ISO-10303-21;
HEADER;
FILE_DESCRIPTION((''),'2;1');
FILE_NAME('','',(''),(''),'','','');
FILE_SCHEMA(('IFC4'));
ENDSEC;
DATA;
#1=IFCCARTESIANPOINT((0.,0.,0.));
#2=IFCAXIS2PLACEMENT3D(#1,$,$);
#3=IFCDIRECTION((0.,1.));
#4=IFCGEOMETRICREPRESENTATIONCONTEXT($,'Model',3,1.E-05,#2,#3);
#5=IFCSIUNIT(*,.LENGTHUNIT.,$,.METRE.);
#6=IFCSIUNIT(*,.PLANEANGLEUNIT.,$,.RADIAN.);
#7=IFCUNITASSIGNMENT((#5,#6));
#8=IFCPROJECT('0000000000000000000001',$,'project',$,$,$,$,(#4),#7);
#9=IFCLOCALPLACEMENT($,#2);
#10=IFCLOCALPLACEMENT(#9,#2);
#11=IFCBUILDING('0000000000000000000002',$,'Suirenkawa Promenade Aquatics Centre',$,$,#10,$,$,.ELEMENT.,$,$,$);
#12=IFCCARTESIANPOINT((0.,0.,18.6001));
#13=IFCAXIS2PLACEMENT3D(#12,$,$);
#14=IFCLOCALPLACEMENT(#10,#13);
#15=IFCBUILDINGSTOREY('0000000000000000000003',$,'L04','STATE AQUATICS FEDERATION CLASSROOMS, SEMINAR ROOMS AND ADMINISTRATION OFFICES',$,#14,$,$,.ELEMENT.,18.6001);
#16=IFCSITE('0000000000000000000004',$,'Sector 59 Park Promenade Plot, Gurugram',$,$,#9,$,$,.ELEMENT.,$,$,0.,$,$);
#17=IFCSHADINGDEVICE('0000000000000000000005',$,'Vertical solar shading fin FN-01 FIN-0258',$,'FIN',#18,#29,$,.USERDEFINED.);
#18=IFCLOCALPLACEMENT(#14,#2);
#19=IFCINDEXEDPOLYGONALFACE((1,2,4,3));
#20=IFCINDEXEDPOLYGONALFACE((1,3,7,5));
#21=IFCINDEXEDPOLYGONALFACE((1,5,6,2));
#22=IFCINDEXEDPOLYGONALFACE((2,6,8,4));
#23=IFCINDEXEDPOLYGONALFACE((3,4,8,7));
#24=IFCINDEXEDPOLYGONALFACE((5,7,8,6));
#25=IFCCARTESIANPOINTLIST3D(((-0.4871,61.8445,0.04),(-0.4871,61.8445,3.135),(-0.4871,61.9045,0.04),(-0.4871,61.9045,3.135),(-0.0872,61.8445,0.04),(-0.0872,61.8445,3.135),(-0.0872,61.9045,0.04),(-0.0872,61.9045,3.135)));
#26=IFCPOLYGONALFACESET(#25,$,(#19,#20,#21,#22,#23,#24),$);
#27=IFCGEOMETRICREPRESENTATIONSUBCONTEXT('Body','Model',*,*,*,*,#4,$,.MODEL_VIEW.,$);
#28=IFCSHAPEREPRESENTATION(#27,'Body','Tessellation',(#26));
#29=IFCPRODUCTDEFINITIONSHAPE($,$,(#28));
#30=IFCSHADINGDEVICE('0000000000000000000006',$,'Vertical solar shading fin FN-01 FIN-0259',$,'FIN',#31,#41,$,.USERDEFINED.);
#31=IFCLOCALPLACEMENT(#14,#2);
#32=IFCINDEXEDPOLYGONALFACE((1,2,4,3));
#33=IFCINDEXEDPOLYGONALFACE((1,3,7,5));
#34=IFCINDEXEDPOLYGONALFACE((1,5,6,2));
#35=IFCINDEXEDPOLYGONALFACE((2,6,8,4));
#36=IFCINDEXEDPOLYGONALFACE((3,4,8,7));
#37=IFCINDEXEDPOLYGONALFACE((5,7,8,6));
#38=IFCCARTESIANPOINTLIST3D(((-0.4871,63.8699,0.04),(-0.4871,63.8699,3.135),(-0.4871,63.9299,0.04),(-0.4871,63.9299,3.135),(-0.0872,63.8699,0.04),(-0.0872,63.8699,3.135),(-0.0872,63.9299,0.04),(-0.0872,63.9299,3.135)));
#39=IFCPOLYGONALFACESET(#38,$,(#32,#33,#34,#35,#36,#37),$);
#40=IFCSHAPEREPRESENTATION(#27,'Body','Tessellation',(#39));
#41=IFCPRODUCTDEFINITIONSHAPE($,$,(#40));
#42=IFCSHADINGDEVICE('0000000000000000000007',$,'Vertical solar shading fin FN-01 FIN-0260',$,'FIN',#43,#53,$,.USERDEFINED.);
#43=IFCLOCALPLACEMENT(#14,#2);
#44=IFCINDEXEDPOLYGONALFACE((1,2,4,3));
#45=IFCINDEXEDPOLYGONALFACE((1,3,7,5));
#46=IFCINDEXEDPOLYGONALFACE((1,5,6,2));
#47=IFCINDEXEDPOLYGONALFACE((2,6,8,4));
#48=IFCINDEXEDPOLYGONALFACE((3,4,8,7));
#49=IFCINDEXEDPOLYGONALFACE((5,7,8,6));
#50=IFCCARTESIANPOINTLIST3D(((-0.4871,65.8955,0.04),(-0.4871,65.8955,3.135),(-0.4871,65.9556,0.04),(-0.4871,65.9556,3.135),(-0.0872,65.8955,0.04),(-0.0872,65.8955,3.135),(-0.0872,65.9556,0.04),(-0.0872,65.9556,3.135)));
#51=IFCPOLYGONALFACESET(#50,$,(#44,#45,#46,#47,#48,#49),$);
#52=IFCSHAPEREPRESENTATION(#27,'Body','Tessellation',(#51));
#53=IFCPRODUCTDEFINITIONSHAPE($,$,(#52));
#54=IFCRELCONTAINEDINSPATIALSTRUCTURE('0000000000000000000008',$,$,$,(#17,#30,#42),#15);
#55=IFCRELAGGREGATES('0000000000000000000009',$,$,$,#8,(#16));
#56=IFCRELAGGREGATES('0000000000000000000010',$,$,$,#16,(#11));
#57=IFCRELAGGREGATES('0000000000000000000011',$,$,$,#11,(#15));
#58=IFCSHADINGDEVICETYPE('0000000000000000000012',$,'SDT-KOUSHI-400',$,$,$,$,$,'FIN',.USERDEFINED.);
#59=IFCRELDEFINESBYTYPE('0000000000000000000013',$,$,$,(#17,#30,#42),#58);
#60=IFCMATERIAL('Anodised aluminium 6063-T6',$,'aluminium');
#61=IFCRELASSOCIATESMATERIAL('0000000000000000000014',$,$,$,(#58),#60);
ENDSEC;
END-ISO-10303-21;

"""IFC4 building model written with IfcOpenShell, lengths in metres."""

from ifc_helpers import new_model, si_unit, direction, frame, origin, origin_2d, place, context, subcontext, project, spatial, rectangle, extrude, material, type_object, element, save


model = new_model("IFC4")

# Units and contexts
model_context = context("Model", 3, precision=1e-05, world=origin(), true_north=direction((0.0, 1.0)))
body_context = subcontext(model_context, "Body", "Model", "MODEL_VIEW")
ifc_project = project(units=[si_unit("LENGTHUNIT", "METRE"), si_unit("PLANEANGLEUNIT", "RADIAN")], contexts=[model_context])

# Site, building, storey
site_placement = place(None, origin())
site = spatial("IfcSite", under=ifc_project, at=site_placement, Name="Sector 59 Park Promenade Plot, Gurugram", CompositionType="ELEMENT", RefElevation=0.0)
building_placement = place(site_placement, origin())
building = spatial("IfcBuilding", under=site, at=building_placement, Name="Suirenkawa Promenade Aquatics Centre", CompositionType="ELEMENT")
storey_placement = place(building_placement, frame((0.0, 0.0, 18.6001)))
storey = spatial("IfcBuildingStorey", under=building, at=storey_placement, Name="L04", Description="STATE AQUATICS FEDERATION CLASSROOMS, SEMINAR ROOMS AND ADMINISTRATION OFFICES", CompositionType="ELEMENT", Elevation=18.6001)

# Shared definitions
ifc_material_1 = material(Name="Anodised aluminium 6063-T6", Category="aluminium")

# Shading devices
shading_device_type = type_object("IfcShadingDeviceType", Name="SDT-KOUSHI-400", ElementType="FIN", PredefinedType="USERDEFINED", material=ifc_material_1)
for number, where, z_axis, x_axis, name in (
    (1, (-0.2871, 61.8745, 0.04), (0.0, 0.0, 1.0), (-1.0, 0.0, 0.0), "Vertical solar shading fin FN-01 FIN-0258"),
    (2, (-0.2871, 63.8999, 0.04), (0.0, 0.0, 1.0), (-1.0, 0.0, 0.0), "Vertical solar shading fin FN-01 FIN-0259"),
    (3, (-0.2871, 65.9255, 0.04), (0.0, 0.0, 1.0), (-1.0, 0.0, 0.0), "Vertical solar shading fin FN-01 FIN-0260"),
):
    element("IfcShadingDevice", number, at=place(storey_placement, frame(where, z_axis=z_axis, x_axis=x_axis)), inside=storey, type_object=shading_device_type, Name=name, ObjectType="FIN", PredefinedType="USERDEFINED", context=body_context, shape_type="SweptSolid", body=[
        extrude(rectangle(XDim=0.3999, YDim=0.0601, at=origin_2d()), origin(), (0.0, 0.0, 1.0), 3.095),
    ])

save(model, "model.ifc")
